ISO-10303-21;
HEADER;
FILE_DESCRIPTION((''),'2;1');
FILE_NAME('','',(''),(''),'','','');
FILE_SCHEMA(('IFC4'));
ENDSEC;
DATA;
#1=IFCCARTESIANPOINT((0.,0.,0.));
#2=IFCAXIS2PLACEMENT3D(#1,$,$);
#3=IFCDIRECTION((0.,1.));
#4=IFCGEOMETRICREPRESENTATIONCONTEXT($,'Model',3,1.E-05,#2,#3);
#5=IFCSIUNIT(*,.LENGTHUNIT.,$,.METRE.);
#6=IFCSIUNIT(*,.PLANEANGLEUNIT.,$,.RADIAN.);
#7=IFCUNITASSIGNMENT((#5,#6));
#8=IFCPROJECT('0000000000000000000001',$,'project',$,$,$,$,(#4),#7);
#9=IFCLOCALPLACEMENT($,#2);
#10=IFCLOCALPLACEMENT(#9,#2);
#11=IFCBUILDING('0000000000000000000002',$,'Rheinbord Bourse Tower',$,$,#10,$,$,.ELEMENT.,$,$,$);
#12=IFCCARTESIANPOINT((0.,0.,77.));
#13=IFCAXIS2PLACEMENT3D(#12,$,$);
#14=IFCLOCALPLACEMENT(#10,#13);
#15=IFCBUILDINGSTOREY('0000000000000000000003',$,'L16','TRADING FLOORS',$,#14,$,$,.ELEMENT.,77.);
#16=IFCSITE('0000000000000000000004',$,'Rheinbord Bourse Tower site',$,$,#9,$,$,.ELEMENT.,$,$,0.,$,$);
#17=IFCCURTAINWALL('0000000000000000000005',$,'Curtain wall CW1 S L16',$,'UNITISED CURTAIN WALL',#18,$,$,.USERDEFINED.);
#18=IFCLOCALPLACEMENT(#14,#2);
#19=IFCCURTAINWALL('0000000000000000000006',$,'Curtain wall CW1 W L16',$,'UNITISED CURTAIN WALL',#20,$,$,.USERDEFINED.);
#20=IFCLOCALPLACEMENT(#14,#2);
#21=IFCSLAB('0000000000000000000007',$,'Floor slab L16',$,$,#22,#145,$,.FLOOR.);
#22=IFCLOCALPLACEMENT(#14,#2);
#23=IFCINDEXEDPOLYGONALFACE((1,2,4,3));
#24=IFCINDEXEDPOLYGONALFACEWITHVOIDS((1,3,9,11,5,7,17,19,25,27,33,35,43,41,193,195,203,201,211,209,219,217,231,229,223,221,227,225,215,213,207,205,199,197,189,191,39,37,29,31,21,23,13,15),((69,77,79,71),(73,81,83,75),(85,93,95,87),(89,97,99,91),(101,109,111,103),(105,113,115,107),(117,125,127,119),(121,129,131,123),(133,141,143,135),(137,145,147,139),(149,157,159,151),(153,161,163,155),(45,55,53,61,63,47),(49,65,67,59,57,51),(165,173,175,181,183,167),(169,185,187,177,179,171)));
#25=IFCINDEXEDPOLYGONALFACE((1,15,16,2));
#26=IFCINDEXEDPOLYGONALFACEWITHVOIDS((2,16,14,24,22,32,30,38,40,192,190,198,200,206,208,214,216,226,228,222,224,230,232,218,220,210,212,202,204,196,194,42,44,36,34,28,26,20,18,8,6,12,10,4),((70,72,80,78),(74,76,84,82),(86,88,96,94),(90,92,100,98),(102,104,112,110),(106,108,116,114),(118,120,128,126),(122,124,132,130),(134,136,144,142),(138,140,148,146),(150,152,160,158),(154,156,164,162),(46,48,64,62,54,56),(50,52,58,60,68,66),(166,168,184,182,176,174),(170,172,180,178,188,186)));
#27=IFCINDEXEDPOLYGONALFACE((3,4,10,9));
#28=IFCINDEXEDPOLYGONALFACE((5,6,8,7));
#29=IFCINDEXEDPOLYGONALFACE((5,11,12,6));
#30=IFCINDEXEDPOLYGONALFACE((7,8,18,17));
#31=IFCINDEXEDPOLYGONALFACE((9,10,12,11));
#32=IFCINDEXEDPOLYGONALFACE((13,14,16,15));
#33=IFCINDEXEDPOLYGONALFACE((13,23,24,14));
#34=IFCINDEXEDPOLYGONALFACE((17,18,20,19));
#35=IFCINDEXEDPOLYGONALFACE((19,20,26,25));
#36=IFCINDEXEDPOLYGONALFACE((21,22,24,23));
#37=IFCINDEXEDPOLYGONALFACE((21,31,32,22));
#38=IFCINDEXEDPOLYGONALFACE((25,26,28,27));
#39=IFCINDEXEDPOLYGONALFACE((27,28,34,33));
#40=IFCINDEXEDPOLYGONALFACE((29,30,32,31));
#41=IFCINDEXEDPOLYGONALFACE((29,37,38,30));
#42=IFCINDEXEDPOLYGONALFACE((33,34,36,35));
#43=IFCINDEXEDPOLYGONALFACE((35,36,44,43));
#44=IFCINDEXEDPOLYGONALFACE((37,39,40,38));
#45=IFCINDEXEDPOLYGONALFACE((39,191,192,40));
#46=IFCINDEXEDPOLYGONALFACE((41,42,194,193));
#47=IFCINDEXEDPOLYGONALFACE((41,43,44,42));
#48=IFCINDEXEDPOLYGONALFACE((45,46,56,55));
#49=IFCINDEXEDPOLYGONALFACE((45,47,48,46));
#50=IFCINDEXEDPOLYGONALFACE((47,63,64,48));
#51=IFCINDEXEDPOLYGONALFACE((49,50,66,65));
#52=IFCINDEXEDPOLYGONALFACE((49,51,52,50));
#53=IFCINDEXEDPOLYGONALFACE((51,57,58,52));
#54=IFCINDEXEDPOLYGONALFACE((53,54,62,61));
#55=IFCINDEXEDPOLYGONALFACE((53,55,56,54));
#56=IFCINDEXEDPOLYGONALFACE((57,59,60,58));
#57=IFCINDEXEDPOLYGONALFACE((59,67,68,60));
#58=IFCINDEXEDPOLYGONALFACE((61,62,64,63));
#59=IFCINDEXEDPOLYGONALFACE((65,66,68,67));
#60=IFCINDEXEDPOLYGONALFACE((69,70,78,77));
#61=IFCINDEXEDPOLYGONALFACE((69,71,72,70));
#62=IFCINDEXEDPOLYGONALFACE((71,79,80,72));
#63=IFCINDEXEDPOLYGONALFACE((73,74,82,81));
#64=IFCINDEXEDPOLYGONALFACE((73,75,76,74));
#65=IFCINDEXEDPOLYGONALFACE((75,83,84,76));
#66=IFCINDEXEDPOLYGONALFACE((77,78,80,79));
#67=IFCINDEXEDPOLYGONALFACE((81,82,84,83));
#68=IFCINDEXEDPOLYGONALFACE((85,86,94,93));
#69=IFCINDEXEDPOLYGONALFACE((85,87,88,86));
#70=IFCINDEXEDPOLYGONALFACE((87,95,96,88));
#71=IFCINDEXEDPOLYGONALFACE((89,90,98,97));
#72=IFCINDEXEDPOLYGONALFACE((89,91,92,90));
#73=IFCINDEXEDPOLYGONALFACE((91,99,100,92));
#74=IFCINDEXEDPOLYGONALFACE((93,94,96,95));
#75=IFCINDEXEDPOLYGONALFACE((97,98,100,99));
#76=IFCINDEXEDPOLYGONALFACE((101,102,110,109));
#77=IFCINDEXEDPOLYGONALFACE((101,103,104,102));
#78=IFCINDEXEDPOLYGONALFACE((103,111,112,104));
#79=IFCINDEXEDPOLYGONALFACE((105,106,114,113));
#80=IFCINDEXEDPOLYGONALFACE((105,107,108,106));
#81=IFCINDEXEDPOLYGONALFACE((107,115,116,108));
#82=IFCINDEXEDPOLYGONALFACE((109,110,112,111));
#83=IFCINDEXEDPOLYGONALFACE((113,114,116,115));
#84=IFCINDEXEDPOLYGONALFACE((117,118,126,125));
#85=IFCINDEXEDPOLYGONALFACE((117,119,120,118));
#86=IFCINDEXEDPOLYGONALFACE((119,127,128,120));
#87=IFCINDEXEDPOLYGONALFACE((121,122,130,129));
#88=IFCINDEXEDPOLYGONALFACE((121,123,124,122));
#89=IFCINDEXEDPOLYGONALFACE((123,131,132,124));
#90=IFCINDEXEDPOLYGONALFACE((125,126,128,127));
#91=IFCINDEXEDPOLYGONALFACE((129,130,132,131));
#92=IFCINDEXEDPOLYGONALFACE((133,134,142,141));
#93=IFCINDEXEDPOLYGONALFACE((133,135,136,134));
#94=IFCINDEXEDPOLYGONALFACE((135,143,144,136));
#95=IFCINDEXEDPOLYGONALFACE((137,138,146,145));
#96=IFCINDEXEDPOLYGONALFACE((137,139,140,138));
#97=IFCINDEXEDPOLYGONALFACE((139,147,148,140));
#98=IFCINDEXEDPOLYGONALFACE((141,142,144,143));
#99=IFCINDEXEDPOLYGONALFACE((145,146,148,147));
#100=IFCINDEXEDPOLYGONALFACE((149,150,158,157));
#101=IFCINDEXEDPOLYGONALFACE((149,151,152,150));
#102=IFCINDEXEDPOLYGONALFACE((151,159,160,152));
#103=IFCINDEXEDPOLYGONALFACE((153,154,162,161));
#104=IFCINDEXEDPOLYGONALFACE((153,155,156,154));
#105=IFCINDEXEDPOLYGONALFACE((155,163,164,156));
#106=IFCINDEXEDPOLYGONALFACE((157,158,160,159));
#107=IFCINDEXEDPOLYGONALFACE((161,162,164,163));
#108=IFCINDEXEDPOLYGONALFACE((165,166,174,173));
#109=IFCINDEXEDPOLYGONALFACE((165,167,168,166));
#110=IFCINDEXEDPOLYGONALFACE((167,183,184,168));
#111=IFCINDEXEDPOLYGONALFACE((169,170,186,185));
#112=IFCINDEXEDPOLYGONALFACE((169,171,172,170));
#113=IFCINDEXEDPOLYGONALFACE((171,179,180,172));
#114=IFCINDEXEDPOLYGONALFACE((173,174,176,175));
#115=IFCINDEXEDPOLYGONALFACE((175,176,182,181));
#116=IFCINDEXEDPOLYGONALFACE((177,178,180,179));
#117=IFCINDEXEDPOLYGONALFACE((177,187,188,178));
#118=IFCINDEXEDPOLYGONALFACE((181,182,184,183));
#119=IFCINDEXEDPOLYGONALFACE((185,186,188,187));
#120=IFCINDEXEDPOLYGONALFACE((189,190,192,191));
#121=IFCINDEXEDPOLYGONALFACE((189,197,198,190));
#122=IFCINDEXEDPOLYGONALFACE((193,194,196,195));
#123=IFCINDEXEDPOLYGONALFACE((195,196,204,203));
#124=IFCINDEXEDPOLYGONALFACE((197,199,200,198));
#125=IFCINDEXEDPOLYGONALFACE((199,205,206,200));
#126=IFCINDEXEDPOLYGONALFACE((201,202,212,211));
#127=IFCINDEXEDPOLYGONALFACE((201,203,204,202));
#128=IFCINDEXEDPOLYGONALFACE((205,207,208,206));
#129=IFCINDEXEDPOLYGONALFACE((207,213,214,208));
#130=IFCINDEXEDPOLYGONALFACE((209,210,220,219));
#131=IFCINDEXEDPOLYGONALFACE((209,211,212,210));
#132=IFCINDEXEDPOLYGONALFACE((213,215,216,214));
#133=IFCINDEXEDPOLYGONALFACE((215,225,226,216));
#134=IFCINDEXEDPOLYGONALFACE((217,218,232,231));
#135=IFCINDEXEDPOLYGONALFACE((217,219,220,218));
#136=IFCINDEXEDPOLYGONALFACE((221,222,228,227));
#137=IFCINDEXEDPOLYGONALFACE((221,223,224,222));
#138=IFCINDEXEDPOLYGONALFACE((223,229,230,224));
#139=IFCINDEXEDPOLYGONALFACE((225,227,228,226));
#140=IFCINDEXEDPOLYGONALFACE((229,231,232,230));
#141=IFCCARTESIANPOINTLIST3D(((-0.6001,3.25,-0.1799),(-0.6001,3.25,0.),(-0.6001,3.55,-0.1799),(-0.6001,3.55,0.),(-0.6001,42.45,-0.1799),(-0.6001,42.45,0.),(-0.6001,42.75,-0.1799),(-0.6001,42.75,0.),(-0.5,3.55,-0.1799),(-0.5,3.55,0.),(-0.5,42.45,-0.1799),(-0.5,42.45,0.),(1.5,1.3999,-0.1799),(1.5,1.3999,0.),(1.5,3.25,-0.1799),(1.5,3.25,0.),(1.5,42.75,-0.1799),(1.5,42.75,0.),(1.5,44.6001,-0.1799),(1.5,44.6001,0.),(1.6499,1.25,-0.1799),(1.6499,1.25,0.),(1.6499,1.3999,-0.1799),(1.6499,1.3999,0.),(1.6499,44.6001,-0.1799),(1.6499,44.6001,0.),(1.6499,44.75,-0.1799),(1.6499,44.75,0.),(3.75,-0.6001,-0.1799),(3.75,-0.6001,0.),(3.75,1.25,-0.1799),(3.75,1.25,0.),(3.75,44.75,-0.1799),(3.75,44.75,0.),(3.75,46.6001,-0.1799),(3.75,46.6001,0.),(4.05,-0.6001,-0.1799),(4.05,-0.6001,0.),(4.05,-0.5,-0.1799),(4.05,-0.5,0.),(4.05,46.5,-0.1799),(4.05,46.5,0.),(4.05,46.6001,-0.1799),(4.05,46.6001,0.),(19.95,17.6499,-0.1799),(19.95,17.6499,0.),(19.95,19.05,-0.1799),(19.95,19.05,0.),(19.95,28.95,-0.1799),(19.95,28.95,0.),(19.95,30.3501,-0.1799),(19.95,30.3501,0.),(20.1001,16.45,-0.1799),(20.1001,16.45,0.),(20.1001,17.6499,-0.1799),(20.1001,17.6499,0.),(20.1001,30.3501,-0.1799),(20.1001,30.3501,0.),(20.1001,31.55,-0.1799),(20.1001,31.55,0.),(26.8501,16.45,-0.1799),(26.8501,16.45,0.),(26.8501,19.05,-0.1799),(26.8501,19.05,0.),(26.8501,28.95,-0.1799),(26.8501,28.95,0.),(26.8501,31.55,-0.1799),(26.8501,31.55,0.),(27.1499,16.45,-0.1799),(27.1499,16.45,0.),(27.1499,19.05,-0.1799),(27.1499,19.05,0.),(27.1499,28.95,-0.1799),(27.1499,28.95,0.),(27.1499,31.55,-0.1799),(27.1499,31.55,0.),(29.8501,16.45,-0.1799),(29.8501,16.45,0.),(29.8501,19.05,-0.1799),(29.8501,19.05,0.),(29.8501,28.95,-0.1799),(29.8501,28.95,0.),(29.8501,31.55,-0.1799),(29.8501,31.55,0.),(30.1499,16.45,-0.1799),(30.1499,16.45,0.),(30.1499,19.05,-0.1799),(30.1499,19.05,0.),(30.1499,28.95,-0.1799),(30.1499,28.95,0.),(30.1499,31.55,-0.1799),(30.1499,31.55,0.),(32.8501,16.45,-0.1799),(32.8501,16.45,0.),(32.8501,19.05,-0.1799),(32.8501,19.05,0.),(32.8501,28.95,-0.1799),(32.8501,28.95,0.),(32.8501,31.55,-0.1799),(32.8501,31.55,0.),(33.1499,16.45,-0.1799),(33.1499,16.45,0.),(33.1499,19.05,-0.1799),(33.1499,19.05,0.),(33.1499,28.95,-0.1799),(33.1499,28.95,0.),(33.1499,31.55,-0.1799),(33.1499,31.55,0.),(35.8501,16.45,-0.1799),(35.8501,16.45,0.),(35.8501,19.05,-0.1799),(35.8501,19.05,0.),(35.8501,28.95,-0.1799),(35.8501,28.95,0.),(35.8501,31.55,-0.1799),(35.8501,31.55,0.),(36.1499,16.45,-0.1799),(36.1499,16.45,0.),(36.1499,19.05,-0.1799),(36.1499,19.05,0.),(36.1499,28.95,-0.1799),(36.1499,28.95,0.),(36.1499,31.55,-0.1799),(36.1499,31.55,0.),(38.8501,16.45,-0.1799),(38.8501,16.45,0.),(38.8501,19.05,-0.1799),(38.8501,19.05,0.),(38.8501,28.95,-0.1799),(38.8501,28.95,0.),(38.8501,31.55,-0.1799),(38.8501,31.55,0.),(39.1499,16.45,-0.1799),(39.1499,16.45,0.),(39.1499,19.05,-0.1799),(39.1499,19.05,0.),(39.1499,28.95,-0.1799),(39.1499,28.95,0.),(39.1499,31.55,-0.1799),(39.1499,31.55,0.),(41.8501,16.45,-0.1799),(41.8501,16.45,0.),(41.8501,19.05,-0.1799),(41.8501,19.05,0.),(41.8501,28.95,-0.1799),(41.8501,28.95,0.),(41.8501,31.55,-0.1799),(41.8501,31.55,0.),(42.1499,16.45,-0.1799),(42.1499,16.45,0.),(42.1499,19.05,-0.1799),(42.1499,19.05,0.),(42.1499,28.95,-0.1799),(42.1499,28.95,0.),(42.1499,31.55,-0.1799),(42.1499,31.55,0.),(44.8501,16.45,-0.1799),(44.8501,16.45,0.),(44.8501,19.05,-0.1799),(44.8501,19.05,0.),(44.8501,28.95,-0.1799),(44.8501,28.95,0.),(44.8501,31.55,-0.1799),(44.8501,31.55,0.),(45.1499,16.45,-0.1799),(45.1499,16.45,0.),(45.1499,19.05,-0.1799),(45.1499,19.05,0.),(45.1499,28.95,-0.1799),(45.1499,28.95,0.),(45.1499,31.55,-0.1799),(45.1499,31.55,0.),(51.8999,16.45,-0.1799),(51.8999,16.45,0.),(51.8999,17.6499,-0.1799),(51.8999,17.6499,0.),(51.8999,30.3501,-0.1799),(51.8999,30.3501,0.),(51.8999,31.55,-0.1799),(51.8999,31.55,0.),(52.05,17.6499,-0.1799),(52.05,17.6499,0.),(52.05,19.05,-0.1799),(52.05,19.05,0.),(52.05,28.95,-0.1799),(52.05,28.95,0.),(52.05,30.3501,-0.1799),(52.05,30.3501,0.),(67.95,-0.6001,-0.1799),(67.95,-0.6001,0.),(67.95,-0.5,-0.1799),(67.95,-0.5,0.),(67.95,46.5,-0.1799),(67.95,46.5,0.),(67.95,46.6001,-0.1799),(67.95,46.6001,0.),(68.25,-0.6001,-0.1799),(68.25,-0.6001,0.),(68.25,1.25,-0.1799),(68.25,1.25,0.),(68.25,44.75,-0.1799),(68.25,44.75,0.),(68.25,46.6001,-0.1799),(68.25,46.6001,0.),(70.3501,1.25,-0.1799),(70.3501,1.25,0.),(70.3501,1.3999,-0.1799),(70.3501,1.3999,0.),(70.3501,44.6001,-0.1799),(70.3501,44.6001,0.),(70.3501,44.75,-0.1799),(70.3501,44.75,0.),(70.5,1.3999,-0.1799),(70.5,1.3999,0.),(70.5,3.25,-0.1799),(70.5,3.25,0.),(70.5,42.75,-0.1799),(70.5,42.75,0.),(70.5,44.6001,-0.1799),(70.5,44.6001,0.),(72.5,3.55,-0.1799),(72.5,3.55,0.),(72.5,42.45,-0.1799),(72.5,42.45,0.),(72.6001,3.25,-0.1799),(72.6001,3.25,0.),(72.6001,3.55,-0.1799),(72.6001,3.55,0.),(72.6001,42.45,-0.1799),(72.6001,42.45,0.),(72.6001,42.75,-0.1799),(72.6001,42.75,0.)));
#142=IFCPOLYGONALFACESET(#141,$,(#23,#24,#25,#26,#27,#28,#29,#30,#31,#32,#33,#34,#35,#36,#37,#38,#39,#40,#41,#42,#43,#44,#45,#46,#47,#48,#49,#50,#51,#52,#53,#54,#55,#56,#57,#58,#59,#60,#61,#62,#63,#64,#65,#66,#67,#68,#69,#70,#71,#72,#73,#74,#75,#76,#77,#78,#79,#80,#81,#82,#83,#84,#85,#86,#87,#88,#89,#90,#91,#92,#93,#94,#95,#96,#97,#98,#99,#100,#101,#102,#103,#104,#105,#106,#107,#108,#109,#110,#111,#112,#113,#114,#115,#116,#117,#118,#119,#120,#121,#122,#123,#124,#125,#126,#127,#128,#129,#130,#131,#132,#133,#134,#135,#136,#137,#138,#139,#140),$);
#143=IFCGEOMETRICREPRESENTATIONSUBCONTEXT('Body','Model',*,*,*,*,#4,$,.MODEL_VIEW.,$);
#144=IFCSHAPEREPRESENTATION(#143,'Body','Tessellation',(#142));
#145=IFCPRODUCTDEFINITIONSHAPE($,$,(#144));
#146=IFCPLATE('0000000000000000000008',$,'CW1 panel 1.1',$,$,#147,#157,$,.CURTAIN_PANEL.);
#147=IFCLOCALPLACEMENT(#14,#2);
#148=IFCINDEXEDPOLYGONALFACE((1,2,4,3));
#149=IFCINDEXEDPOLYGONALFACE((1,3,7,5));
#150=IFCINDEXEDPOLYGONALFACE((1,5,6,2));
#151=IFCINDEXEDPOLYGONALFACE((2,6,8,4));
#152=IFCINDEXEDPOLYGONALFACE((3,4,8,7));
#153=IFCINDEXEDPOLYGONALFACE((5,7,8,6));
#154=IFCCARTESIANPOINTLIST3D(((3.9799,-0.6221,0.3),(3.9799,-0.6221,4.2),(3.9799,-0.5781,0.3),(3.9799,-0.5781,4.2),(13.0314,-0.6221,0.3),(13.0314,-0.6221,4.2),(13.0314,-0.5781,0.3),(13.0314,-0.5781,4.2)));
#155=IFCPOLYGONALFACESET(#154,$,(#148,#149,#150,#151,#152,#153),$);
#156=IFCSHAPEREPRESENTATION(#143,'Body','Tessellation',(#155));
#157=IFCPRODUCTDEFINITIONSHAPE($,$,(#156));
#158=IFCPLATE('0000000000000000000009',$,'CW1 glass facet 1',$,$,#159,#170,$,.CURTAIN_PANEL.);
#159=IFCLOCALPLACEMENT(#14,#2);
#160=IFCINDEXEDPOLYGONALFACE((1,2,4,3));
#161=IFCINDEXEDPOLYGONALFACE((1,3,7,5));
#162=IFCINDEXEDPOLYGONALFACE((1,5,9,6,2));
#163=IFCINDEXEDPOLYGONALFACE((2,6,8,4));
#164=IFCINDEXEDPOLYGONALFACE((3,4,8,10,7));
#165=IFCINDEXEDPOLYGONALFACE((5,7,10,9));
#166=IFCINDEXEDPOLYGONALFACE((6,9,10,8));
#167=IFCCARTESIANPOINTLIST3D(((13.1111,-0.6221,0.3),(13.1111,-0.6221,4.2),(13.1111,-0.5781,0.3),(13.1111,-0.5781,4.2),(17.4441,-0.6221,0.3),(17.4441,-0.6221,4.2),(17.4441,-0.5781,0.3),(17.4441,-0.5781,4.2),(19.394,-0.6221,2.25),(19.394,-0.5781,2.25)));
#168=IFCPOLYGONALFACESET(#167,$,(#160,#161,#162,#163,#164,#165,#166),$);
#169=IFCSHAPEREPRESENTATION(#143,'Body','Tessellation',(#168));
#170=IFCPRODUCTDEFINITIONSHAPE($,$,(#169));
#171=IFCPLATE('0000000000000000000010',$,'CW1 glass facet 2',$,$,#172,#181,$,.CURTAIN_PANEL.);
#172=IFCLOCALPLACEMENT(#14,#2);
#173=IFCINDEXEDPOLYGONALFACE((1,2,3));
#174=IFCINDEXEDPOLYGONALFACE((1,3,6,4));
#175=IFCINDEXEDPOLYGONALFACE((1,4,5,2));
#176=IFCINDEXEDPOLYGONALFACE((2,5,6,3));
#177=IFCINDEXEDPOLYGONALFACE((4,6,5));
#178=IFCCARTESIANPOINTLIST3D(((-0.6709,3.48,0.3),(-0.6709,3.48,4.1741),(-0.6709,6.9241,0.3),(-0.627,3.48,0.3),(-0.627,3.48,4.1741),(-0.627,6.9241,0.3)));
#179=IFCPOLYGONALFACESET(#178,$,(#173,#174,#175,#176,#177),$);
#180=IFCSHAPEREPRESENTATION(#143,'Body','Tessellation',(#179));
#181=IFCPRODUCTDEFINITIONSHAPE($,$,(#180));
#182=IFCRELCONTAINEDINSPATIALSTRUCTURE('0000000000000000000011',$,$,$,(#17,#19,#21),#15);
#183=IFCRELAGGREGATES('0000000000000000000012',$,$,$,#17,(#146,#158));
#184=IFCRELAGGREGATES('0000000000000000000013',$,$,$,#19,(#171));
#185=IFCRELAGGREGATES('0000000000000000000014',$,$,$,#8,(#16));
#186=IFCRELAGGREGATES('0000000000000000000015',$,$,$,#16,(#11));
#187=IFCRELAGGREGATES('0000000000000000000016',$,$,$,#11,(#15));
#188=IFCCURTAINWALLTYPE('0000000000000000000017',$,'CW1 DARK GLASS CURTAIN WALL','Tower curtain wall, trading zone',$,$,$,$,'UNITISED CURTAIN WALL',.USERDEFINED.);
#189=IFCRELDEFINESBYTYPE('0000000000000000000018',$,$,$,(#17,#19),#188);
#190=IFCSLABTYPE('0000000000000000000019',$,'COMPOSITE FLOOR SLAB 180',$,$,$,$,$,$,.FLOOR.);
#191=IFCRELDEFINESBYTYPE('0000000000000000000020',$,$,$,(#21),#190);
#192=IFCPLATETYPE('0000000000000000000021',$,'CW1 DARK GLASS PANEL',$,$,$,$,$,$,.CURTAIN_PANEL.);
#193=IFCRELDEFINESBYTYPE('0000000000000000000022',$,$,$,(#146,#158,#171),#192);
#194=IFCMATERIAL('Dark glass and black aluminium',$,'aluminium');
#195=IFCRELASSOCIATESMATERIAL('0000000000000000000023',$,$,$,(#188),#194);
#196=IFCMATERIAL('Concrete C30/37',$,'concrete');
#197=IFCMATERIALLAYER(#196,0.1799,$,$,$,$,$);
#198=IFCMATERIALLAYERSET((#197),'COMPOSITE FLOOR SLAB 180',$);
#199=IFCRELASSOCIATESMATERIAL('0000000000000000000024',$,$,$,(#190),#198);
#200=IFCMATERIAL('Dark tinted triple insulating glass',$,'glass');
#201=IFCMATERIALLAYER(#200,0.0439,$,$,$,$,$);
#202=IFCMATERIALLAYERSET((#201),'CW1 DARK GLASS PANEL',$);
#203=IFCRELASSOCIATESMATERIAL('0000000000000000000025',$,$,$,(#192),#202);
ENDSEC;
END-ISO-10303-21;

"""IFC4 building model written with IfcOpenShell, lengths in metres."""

from ifc_helpers import new_model, si_unit, direction, frame, origin, origin_2d, place, context, subcontext, project, spatial, polyline, rectangle, outline, extrude, material, layer, layer_set, type_object, element, aggregate, save


model = new_model("IFC4")

# Units and contexts
model_context = context("Model", 3, precision=1e-05, world=origin(), true_north=direction((0.0, 1.0)))
body_context = subcontext(model_context, "Body", "Model", "MODEL_VIEW")
ifc_project = project(units=[si_unit("LENGTHUNIT", "METRE"), si_unit("PLANEANGLEUNIT", "RADIAN")], contexts=[model_context])

# Site, building, storey
site_placement = place(None, origin())
site = spatial("IfcSite", under=ifc_project, at=site_placement, Name="Rheinbord Bourse Tower site", CompositionType="ELEMENT", RefElevation=0.0)
building_placement = place(site_placement, origin())
building = spatial("IfcBuilding", under=site, at=building_placement, Name="Rheinbord Bourse Tower", CompositionType="ELEMENT")
storey_placement = place(building_placement, frame((0.0, 0.0, 77.0)))
storey = spatial("IfcBuildingStorey", under=building, at=storey_placement, Name="L16", Description="TRADING FLOORS", CompositionType="ELEMENT", Elevation=77.0)

# Curtain wall
ifc_material_1 = material(Name="Dark glass and black aluminium", Category="aluminium")
curtain_wall_type = type_object("IfcCurtainWallType", Name="CW1 DARK GLASS CURTAIN WALL", Description="Tower curtain wall, trading zone", ElementType="UNITISED CURTAIN WALL", PredefinedType="USERDEFINED", material=ifc_material_1)
curtain_wall_1_placement = place(storey_placement, origin())
curtain_wall_1 = element("IfcCurtainWall", 1, at=curtain_wall_1_placement, inside=storey, type_object=curtain_wall_type, Name="Curtain wall CW1 S L16", ObjectType="UNITISED CURTAIN WALL", PredefinedType="USERDEFINED")

# Curtain wall
curtain_wall_2_placement = place(storey_placement, origin())
curtain_wall_2 = element("IfcCurtainWall", 2, at=curtain_wall_2_placement, inside=storey, type_object=curtain_wall_type, Name="Curtain wall CW1 W L16", ObjectType="UNITISED CURTAIN WALL", PredefinedType="USERDEFINED")

# Slab
ifc_material_2 = material(Name="Concrete C30/37", Category="concrete")
ifc_layer_1 = layer(ifc_material_2, 0.1799)
ifc_layer_set_1 = layer_set([ifc_layer_1], Name="COMPOSITE FLOOR SLAB 180")
slab_type_1 = type_object("IfcSlabType", Name="COMPOSITE FLOOR SLAB 180", PredefinedType="FLOOR", material=ifc_layer_set_1)
slab_1_placement = place(storey_placement, frame((0.0, 0.0, -0.1799)))
element("IfcSlab", 3, at=slab_1_placement, inside=storey, type_object=slab_type_1, Name="Floor slab L16", PredefinedType="FLOOR", context=body_context, shape_type="SweptSolid", body=[
    extrude(outline(polyline([(1.6499, 1.3999), (1.5, 1.3999), (1.5, 3.25), (-0.6001, 3.25), (-0.6001, 3.55), (-0.5, 3.55), (-0.5, 42.45), (-0.6001, 42.45), (-0.6001, 42.75), (1.5, 42.75), (1.5, 44.6001), (1.6499, 44.6001), (1.6499, 44.75), (3.75, 44.75), (3.75, 46.6001), (4.05, 46.6001), (4.05, 46.5), (67.95, 46.5), (67.95, 46.6001), (68.25, 46.6001), (68.25, 44.75), (70.3501, 44.75), (70.3501, 44.6001), (70.5, 44.6001), (70.5, 42.75), (72.6001, 42.75), (72.6001, 42.45), (72.5, 42.45), (72.5, 3.55), (72.6001, 3.55), (72.6001, 3.25), (70.5, 3.25), (70.5, 1.3999), (70.3501, 1.3999), (70.3501, 1.25), (68.25, 1.25), (68.25, -0.6001), (67.95, -0.6001), (67.95, -0.5), (4.05, -0.5), (4.05, -0.6001), (3.75, -0.6001), (3.75, 1.25), (1.6499, 1.25), (1.6499, 1.3999)]), holes=[polyline([(19.95, 19.05), (26.8501, 19.05), (26.8501, 16.45), (20.1001, 16.45), (20.1001, 17.6499), (19.95, 17.6499), (19.95, 19.05)]), polyline([(26.8501, 31.55), (26.8501, 28.95), (19.95, 28.95), (19.95, 30.3501), (20.1001, 30.3501), (20.1001, 31.55), (26.8501, 31.55)]), polyline([(45.1499, 16.45), (45.1499, 19.05), (52.05, 19.05), (52.05, 17.6499), (51.8999, 17.6499), (51.8999, 16.45), (45.1499, 16.45)]), polyline([(52.05, 28.95), (45.1499, 28.95), (45.1499, 31.55), (51.8999, 31.55), (51.8999, 30.3501), (52.05, 30.3501), (52.05, 28.95)]), polyline([(27.1499, 16.45), (27.1499, 19.05), (29.8501, 19.05), (29.8501, 16.45), (27.1499, 16.45)]), polyline([(27.1499, 28.95), (27.1499, 31.55), (29.8501, 31.55), (29.8501, 28.95), (27.1499, 28.95)]), polyline([(30.1499, 16.45), (30.1499, 19.05), (32.8501, 19.05), (32.8501, 16.45), (30.1499, 16.45)]), polyline([(30.1499, 28.95), (30.1499, 31.55), (32.8501, 31.55), (32.8501, 28.95), (30.1499, 28.95)]), polyline([(33.1499, 16.45), (33.1499, 19.05), (35.8501, 19.05), (35.8501, 16.45), (33.1499, 16.45)]), polyline([(33.1499, 28.95), (33.1499, 31.55), (35.8501, 31.55), (35.8501, 28.95), (33.1499, 28.95)]), polyline([(36.1499, 16.45), (36.1499, 19.05), (38.8501, 19.05), (38.8501, 16.45), (36.1499, 16.45)]), polyline([(36.1499, 28.95), (36.1499, 31.55), (38.8501, 31.55), (38.8501, 28.95), (36.1499, 28.95)]), polyline([(39.1499, 16.45), (39.1499, 19.05), (41.8501, 19.05), (41.8501, 16.45), (39.1499, 16.45)]), polyline([(39.1499, 28.95), (39.1499, 31.55), (41.8501, 31.55), (41.8501, 28.95), (39.1499, 28.95)]), polyline([(42.1499, 16.45), (42.1499, 19.05), (44.8501, 19.05), (44.8501, 16.45), (42.1499, 16.45)]), polyline([(42.1499, 28.95), (42.1499, 31.55), (44.8501, 31.55), (44.8501, 28.95), (42.1499, 28.95)])]), origin(), (0.0, 0.0, 1.0), 0.1799),
])

# Plates
ifc_material_3 = material(Name="Dark tinted triple insulating glass", Category="glass")
ifc_layer_2 = layer(ifc_material_3, 0.0439)
ifc_layer_set_2 = layer_set([ifc_layer_2], Name="CW1 DARK GLASS PANEL")
plate_type = type_object("IfcPlateType", Name="CW1 DARK GLASS PANEL", PredefinedType="CURTAIN_PANEL", material=ifc_layer_set_2)
plate_1_placement = place(storey_placement, frame((8.5056, -0.6001, 0.3), z_axis=(0.0, 0.0, 1.0), x_axis=(1.0, 0.0, 0.0)))
plate_1 = element("IfcPlate", 4, at=plate_1_placement, type_object=plate_type, Name="CW1 panel 1.1", PredefinedType="CURTAIN_PANEL", context=body_context, shape_type="SweptSolid", body=[
    extrude(rectangle(XDim=9.0515, YDim=0.0439, at=origin_2d()), origin(), (0.0, 0.0, 1.0), 3.8999),
])
plate_2_placement = place(storey_placement, frame((13.1111, -0.6221, 0.3), z_axis=(0.0, 1.0, 0.0), x_axis=(0.0, 0.0, 1.0)))
plate_2 = element("IfcPlate", 5, at=plate_2_placement, type_object=plate_type, Name="CW1 glass facet 1", PredefinedType="CURTAIN_PANEL", context=body_context, shape_type="SweptSolid", body=[
    extrude(outline(polyline([(0.0, 0.0), (3.8999, 0.0), (3.8999, 4.333), (1.95, 6.283), (0.0, 4.333), (0.0, 0.0)])), origin(), (0.0, 0.0, 1.0), 0.0439),
])
aggregate(curtain_wall_1, [plate_1, plate_2])
plate_3_placement = place(storey_placement, frame((-0.6709, 3.48, 0.3), z_axis=(1.0, 0.0, 0.0), x_axis=(0.0, 1.0, 0.0)))
plate_3 = element("IfcPlate", 6, at=plate_3_placement, type_object=plate_type, Name="CW1 glass facet 2", PredefinedType="CURTAIN_PANEL", context=body_context, shape_type="SweptSolid", body=[
    extrude(outline(polyline([(0.0, 0.0), (3.4441, 0.0), (0.0, 3.874), (0.0, 0.0)])), origin(), (0.0, 0.0, 1.0), 0.0439),
])
aggregate(curtain_wall_2, [plate_3])

save(model, "model.ifc")
